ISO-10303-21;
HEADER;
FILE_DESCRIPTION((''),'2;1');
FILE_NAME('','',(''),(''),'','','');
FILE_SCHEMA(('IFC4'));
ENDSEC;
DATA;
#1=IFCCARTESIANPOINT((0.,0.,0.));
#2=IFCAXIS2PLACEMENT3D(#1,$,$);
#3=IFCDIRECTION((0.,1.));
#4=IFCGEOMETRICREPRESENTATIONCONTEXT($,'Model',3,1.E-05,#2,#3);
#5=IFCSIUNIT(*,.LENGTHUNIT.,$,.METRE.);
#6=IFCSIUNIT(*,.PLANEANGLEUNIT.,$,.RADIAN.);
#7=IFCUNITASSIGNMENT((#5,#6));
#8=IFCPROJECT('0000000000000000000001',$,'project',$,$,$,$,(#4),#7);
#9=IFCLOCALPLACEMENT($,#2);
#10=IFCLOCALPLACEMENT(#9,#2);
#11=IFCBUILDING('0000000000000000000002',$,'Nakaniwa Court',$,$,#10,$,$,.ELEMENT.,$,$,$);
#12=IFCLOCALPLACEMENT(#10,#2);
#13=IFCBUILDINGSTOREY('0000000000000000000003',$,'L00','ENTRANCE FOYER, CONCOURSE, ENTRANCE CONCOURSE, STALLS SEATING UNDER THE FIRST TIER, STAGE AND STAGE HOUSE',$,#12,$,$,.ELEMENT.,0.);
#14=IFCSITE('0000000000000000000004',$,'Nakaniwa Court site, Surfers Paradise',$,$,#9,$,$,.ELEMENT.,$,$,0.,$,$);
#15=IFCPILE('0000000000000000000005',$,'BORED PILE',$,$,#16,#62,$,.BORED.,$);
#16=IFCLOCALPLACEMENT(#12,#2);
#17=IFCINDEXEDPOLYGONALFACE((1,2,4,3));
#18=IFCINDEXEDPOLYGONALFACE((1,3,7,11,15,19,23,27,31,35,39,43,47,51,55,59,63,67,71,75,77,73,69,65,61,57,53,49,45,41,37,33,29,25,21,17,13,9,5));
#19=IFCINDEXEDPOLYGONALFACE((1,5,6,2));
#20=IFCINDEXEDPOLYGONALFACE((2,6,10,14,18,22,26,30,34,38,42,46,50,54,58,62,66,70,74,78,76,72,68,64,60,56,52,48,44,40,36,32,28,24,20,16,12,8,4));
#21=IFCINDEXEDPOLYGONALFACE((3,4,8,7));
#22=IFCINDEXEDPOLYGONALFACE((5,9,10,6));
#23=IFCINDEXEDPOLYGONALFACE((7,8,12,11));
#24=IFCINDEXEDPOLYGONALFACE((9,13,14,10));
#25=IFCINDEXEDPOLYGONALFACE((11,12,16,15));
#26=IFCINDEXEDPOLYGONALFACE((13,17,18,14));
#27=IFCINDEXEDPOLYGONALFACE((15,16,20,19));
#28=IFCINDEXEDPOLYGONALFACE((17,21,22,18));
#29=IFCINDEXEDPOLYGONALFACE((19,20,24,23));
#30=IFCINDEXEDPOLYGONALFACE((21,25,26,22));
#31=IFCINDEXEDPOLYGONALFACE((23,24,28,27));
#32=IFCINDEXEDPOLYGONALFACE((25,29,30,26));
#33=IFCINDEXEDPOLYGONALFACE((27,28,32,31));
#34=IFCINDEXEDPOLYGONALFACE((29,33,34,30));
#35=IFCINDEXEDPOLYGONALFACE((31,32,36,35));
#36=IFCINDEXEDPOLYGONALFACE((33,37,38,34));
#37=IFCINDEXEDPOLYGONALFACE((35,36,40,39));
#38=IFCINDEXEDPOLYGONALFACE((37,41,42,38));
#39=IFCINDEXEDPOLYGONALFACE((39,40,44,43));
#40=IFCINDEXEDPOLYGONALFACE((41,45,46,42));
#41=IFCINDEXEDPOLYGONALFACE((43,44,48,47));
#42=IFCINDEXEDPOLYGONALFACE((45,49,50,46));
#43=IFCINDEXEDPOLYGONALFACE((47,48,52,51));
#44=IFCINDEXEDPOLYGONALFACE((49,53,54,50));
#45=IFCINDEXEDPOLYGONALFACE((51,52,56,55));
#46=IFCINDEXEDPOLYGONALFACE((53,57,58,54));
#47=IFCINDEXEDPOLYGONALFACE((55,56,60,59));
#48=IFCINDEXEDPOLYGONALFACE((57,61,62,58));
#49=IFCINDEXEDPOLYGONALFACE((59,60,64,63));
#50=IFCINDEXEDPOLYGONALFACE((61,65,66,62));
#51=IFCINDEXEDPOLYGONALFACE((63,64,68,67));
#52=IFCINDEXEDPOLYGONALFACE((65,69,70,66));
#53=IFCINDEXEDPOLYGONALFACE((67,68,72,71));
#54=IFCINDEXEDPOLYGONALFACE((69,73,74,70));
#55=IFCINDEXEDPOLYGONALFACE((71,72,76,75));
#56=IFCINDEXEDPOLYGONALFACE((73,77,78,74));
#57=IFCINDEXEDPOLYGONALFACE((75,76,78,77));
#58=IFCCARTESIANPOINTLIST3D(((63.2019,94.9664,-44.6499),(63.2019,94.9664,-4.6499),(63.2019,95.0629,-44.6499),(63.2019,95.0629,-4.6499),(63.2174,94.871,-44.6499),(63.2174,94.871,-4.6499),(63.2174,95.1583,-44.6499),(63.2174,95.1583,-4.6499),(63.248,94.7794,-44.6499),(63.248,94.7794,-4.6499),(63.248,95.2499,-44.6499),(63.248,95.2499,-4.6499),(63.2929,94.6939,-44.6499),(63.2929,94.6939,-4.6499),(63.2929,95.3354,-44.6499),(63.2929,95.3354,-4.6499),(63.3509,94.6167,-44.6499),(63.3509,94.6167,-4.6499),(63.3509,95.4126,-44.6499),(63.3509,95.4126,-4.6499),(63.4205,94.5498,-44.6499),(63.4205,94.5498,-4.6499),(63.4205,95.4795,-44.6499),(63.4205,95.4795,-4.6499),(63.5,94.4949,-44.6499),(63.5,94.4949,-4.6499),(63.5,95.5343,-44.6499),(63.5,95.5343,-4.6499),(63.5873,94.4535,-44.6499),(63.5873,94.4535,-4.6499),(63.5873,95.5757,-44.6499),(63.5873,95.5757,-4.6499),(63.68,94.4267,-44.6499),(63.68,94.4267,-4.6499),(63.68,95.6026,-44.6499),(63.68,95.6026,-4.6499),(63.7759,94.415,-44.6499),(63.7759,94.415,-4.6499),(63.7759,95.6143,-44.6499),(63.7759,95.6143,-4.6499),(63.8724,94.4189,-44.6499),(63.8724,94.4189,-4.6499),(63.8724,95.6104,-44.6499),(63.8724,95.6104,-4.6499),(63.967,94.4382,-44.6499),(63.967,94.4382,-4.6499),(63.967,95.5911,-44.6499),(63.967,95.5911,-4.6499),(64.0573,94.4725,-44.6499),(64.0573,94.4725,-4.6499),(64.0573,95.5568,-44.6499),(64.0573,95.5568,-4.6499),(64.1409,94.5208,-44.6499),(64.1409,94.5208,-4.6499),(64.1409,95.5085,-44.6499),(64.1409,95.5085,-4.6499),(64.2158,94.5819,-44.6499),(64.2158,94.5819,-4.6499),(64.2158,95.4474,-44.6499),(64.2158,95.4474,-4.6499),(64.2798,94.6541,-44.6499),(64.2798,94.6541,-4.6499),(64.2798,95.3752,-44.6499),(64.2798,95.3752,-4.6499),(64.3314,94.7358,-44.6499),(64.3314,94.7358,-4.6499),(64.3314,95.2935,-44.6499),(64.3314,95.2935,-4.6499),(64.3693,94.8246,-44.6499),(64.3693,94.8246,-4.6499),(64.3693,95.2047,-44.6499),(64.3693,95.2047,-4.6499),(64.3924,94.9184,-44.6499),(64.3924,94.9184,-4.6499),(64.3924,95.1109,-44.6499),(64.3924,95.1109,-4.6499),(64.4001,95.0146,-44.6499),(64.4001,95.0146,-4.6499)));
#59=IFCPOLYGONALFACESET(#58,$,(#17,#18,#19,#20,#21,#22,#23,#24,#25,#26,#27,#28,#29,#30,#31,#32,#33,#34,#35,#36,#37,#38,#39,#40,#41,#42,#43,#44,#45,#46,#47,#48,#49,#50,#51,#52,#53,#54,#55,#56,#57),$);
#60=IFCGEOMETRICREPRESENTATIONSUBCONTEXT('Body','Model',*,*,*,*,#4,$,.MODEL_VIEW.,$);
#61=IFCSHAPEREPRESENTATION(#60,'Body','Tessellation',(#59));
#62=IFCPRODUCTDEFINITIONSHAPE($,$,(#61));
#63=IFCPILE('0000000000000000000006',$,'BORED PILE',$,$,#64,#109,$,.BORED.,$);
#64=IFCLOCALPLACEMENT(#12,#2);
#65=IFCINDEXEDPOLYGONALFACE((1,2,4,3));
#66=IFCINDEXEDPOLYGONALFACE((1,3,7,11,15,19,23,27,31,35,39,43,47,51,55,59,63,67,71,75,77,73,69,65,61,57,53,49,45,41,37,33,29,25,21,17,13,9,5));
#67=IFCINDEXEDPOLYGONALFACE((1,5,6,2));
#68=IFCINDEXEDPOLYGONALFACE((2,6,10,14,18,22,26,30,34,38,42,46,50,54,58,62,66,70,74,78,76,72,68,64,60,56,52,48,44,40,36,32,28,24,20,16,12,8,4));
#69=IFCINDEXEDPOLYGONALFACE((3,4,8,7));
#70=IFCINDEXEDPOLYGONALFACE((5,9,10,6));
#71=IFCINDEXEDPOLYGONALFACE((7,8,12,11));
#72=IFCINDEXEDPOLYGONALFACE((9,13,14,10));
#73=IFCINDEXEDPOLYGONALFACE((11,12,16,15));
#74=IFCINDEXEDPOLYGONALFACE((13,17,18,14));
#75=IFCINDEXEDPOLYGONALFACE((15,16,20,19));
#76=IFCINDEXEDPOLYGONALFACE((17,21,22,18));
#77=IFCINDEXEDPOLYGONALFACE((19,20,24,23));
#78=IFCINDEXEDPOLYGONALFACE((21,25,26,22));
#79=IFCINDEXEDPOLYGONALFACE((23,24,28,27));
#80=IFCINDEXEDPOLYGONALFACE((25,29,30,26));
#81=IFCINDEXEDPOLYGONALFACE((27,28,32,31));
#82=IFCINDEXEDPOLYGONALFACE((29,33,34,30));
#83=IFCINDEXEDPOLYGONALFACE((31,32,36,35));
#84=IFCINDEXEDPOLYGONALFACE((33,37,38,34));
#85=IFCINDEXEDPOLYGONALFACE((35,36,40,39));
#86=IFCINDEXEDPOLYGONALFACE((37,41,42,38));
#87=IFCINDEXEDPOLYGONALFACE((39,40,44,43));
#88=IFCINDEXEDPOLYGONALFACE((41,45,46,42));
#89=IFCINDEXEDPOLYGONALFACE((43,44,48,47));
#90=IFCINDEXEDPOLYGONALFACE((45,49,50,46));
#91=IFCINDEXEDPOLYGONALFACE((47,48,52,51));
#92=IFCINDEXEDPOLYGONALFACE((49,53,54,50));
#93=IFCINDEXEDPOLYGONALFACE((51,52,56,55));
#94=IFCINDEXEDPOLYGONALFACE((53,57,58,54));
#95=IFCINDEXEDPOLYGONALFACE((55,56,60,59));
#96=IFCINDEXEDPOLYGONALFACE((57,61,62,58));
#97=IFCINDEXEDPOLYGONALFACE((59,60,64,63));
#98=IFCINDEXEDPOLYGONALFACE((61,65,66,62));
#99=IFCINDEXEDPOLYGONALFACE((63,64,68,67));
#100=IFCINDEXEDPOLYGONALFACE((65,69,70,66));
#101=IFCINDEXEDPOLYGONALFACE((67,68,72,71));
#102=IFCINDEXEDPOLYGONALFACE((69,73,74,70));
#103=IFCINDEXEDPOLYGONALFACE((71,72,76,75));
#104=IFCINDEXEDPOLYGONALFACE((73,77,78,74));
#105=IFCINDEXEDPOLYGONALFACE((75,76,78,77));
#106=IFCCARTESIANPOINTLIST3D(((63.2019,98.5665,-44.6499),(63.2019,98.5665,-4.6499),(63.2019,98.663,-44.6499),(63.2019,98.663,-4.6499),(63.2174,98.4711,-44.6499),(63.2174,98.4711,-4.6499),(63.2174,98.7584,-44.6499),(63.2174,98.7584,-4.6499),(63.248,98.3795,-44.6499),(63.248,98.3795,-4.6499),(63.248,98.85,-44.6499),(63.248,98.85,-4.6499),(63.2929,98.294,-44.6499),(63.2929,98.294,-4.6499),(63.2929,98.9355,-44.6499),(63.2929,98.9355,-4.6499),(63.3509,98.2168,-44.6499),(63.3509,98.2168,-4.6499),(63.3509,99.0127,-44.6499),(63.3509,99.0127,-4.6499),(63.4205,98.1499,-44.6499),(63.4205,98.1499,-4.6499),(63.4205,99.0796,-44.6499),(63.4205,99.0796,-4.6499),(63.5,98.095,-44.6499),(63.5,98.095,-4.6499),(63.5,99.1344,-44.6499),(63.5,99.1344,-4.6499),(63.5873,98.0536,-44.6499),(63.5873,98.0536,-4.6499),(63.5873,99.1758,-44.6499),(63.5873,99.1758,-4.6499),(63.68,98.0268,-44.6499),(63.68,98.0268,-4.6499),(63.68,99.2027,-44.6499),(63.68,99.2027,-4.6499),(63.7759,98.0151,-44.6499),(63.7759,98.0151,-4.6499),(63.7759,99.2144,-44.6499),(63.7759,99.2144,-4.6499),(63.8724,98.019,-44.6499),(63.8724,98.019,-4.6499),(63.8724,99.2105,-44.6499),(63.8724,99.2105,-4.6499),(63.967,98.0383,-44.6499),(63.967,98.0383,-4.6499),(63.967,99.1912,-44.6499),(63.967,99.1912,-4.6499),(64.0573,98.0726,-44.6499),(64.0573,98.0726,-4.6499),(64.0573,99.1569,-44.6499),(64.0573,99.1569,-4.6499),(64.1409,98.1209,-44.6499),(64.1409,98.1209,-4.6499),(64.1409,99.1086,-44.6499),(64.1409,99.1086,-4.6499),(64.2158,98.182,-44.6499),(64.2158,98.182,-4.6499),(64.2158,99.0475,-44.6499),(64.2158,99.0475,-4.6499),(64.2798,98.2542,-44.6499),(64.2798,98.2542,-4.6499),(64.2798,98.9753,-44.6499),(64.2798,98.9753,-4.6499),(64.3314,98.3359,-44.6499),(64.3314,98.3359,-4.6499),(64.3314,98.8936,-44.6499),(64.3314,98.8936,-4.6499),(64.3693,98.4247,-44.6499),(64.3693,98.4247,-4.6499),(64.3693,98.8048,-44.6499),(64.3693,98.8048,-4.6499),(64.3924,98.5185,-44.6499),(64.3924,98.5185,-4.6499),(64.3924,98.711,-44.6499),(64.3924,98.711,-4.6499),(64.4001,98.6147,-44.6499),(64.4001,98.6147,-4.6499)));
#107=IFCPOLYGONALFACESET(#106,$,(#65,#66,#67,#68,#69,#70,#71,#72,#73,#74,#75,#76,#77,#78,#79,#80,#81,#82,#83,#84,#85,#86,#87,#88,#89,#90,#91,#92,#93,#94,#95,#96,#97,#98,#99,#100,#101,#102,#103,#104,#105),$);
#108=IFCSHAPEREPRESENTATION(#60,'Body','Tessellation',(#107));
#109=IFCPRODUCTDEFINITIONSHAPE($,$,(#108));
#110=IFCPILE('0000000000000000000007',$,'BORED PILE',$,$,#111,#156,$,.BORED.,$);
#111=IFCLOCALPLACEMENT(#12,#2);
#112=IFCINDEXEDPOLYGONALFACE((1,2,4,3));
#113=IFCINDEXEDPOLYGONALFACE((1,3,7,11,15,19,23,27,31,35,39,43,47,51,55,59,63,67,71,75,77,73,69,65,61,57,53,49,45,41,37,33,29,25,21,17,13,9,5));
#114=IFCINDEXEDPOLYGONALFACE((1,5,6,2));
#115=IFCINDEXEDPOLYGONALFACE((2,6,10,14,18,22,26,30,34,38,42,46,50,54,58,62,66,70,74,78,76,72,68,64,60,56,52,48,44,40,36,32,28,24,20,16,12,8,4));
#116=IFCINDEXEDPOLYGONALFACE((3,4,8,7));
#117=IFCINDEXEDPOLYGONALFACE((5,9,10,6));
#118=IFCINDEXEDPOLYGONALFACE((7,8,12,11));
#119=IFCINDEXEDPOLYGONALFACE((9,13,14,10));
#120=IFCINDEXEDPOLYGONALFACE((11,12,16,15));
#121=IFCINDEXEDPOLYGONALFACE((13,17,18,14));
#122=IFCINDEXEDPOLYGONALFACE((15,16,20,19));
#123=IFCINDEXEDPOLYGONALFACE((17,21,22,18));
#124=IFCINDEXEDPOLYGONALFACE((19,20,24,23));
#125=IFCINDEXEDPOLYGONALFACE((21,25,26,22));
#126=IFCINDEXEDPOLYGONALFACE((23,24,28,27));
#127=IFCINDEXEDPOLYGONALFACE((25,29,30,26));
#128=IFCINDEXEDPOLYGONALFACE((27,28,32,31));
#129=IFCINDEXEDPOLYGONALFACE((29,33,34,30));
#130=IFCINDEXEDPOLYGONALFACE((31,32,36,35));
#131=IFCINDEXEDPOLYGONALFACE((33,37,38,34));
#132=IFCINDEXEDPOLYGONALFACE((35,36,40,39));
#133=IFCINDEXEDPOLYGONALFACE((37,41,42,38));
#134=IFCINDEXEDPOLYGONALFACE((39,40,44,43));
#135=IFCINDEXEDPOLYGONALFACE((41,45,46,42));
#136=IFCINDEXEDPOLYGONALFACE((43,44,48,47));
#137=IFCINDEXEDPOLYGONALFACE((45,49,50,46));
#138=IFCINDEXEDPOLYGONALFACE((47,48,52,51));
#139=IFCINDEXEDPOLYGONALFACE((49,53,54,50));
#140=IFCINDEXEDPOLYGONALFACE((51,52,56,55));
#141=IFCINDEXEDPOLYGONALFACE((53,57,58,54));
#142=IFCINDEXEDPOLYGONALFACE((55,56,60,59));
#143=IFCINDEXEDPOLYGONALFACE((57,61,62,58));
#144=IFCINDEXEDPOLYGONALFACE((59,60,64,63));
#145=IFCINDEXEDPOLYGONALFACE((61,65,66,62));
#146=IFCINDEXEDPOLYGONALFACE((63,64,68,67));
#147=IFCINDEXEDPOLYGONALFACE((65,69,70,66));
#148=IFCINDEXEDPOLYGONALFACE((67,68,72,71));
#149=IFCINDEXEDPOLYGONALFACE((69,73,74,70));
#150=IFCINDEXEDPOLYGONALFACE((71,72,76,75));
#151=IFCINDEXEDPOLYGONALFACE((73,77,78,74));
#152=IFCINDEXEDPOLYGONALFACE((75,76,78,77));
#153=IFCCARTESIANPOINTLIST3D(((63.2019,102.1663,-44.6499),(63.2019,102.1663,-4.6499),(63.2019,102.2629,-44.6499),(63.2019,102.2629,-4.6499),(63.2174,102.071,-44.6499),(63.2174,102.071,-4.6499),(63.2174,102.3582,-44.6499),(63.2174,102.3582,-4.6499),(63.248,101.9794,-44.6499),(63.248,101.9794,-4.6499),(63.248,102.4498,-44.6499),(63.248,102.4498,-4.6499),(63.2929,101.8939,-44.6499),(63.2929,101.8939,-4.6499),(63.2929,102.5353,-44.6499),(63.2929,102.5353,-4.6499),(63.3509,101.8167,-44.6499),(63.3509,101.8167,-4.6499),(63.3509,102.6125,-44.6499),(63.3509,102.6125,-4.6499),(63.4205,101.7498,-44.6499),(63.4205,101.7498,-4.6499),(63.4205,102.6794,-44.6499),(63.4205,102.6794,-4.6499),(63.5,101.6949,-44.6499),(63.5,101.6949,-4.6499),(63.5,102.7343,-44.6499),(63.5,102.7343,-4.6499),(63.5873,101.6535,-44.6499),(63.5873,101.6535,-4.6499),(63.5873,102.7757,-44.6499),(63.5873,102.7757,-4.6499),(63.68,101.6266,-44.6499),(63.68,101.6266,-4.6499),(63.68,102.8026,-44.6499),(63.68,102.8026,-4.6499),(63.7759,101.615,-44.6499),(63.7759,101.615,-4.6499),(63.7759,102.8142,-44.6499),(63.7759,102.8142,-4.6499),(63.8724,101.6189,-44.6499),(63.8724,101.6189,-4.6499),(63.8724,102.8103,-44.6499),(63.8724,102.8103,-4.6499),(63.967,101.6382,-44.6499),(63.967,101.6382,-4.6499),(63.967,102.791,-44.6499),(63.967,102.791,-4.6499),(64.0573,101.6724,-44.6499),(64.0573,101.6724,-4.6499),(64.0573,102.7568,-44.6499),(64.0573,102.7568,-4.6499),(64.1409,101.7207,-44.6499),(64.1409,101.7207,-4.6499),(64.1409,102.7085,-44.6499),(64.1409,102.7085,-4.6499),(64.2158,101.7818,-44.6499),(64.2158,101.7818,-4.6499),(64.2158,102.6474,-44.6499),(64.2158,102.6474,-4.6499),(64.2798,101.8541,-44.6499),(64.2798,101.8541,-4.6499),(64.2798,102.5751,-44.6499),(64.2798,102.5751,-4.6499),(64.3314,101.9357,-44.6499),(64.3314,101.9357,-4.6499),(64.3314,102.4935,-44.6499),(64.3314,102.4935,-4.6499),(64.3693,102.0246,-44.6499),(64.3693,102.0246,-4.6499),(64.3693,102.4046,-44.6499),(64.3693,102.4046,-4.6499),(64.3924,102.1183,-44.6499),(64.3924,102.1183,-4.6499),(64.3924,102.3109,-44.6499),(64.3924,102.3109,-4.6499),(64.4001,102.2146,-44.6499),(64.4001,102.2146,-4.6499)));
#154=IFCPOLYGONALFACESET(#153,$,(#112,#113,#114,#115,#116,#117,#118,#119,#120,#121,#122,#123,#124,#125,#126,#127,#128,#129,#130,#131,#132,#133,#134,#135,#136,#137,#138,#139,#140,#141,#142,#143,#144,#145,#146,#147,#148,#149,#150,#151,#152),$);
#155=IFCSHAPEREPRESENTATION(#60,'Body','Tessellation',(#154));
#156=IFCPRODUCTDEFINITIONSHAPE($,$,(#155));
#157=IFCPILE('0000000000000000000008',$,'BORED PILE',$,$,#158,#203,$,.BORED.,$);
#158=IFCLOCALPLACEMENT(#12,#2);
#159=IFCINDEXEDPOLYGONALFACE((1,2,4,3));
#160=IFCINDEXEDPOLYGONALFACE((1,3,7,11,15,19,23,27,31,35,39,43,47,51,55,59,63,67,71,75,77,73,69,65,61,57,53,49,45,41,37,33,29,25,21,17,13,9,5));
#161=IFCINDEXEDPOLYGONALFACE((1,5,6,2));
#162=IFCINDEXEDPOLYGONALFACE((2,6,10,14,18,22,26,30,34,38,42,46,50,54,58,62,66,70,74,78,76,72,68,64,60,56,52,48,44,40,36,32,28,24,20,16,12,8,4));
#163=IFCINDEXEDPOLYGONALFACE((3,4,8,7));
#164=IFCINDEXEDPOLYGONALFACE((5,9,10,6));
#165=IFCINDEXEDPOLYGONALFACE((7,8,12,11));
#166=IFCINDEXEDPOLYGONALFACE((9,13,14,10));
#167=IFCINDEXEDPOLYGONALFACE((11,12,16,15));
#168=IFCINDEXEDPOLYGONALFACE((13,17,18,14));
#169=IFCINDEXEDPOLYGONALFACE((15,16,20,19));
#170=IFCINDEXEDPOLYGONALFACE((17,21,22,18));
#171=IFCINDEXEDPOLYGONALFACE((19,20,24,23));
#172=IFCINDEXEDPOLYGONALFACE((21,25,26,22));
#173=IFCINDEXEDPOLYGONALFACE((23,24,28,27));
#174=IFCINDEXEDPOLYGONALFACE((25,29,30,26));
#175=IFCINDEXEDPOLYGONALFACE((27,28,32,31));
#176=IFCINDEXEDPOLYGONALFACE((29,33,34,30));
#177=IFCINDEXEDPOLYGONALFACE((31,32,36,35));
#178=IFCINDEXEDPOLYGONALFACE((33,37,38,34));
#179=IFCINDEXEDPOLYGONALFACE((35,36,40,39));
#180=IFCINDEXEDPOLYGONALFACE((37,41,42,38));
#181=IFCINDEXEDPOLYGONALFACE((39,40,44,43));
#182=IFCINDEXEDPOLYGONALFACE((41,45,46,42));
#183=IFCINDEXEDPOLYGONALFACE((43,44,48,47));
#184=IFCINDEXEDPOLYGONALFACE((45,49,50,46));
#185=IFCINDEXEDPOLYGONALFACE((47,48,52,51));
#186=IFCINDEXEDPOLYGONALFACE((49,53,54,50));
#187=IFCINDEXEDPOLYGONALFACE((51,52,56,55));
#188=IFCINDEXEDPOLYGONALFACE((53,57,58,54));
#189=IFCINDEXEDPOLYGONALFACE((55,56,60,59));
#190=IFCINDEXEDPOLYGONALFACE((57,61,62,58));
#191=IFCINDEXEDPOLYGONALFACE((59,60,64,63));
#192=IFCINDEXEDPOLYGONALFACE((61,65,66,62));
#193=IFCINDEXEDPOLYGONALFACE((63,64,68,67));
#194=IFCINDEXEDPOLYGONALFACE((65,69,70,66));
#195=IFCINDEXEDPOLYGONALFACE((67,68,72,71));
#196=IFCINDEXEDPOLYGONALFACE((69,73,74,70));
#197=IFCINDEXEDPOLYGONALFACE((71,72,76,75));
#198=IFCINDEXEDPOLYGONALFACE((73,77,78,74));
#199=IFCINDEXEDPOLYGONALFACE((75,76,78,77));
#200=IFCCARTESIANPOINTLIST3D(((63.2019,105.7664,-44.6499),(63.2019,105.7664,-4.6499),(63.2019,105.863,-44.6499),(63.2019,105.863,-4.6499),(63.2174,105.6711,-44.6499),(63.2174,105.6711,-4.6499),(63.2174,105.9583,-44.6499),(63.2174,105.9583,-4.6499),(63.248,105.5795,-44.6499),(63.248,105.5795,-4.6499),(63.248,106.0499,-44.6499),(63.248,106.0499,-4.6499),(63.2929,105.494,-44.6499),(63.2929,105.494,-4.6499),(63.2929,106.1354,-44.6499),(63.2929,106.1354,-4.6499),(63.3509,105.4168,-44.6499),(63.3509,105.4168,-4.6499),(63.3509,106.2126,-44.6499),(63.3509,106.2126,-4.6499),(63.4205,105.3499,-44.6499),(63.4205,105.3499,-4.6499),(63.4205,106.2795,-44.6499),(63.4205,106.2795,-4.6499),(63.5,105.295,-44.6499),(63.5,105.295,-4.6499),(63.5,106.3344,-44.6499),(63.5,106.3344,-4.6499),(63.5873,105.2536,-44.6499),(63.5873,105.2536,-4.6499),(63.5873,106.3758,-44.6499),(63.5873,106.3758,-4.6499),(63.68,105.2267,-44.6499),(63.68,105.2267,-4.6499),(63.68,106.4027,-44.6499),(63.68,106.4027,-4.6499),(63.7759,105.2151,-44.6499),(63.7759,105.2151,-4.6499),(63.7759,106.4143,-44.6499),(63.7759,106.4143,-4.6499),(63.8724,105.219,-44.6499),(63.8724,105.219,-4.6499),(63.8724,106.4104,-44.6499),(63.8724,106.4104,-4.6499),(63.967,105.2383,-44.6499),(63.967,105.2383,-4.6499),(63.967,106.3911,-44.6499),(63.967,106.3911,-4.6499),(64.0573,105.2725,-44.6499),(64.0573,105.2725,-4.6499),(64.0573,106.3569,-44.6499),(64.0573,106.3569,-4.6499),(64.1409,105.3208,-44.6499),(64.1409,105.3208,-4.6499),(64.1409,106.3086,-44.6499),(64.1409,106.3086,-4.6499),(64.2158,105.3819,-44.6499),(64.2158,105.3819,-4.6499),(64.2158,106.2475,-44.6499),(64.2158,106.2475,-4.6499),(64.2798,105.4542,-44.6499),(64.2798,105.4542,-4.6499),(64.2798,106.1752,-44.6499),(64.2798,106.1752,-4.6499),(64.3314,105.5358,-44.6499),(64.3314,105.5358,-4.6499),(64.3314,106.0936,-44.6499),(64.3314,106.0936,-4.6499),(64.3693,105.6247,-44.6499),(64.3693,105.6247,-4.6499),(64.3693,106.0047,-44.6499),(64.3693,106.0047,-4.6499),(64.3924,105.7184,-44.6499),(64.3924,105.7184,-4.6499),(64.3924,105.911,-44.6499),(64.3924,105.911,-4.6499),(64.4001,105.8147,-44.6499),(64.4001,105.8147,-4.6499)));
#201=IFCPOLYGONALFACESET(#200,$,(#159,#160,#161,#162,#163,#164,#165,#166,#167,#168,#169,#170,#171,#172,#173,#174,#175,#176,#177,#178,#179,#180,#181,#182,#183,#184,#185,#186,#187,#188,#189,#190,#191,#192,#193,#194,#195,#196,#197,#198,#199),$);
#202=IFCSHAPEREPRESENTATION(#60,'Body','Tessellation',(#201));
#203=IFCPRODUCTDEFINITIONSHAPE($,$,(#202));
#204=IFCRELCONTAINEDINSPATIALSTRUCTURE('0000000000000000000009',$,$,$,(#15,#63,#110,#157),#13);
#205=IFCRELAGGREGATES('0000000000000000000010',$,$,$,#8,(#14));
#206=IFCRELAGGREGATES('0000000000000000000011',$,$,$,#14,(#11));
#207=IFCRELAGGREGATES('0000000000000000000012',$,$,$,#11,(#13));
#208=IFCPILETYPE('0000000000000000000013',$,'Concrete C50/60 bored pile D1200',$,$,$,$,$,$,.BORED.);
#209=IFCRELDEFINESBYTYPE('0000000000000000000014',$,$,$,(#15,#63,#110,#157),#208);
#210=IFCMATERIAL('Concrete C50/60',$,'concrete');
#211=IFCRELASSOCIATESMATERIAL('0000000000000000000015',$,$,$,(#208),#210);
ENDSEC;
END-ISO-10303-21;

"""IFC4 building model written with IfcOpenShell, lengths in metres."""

from ifc_helpers import new_model, si_unit, direction, frame, origin, origin_2d, place, context, subcontext, project, spatial, circle, extrude, material, material_profile, profile_set, type_object, element, save


model = new_model("IFC4")

# Units and contexts
model_context = context("Model", 3, precision=1e-05, world=origin(), true_north=direction((0.0, 1.0)))
body_context = subcontext(model_context, "Body", "Model", "MODEL_VIEW")
ifc_project = project(units=[si_unit("LENGTHUNIT", "METRE"), si_unit("PLANEANGLEUNIT", "RADIAN")], contexts=[model_context])

# Site, building, storey
site_placement = place(None, origin())
site = spatial("IfcSite", under=ifc_project, at=site_placement, Name="Nakaniwa Court site, Surfers Paradise", CompositionType="ELEMENT", RefElevation=0.0)
building_placement = place(site_placement, origin())
building = spatial("IfcBuilding", under=site, at=building_placement, Name="Nakaniwa Court", CompositionType="ELEMENT")
storey_placement = place(building_placement, origin())
storey = spatial("IfcBuildingStorey", under=building, at=storey_placement, Name="L00", Description="ENTRANCE FOYER, CONCOURSE, ENTRANCE CONCOURSE, STALLS SEATING UNDER THE FIRST TIER, STAGE AND STAGE HOUSE", CompositionType="ELEMENT", Elevation=0.0)

# Piles
ifc_material_1 = material(Name="Concrete C50/60", Category="concrete")
ifc_material_profile_1 = material_profile(ifc_material_1, circle(Radius=0.6001, at=origin_2d()), Name="Concrete C50/60 bored pile D1200")
ifc_profile_set_1 = profile_set([ifc_material_profile_1], Name="Concrete C50/60")
pile_type = type_object("IfcPileType", Name="Concrete C50/60 bored pile D1200", PredefinedType="BORED", material=ifc_profile_set_1)
for number, where, z_axis, x_axis, name in (
    (1, (63.8, 95.0146, -4.6499), (0.0, 0.0, -1.0), (1.0, 0.0, 0.0), "BORED PILE"),
    (2, (63.8, 98.6147, -4.6499), (0.0, 0.0, -1.0), (1.0, 0.0, 0.0), "BORED PILE"),
    (3, (63.8, 102.2146, -4.6499), (0.0, 0.0, -1.0), (1.0, 0.0, 0.0), "BORED PILE"),
    (4, (63.8, 105.8147, -4.6499), (0.0, 0.0, -1.0), (1.0, 0.0, 0.0), "BORED PILE"),
):
    element("IfcPile", number, at=place(storey_placement, frame(where, z_axis=z_axis, x_axis=x_axis)), inside=storey, type_object=pile_type, Name=name, PredefinedType="BORED", context=body_context, shape_type="SweptSolid", body=[
        extrude(circle(Radius=0.6001, at=origin_2d()), origin(), (0.0, 0.0, 1.0), 40.0),
    ])

save(model, "model.ifc")
